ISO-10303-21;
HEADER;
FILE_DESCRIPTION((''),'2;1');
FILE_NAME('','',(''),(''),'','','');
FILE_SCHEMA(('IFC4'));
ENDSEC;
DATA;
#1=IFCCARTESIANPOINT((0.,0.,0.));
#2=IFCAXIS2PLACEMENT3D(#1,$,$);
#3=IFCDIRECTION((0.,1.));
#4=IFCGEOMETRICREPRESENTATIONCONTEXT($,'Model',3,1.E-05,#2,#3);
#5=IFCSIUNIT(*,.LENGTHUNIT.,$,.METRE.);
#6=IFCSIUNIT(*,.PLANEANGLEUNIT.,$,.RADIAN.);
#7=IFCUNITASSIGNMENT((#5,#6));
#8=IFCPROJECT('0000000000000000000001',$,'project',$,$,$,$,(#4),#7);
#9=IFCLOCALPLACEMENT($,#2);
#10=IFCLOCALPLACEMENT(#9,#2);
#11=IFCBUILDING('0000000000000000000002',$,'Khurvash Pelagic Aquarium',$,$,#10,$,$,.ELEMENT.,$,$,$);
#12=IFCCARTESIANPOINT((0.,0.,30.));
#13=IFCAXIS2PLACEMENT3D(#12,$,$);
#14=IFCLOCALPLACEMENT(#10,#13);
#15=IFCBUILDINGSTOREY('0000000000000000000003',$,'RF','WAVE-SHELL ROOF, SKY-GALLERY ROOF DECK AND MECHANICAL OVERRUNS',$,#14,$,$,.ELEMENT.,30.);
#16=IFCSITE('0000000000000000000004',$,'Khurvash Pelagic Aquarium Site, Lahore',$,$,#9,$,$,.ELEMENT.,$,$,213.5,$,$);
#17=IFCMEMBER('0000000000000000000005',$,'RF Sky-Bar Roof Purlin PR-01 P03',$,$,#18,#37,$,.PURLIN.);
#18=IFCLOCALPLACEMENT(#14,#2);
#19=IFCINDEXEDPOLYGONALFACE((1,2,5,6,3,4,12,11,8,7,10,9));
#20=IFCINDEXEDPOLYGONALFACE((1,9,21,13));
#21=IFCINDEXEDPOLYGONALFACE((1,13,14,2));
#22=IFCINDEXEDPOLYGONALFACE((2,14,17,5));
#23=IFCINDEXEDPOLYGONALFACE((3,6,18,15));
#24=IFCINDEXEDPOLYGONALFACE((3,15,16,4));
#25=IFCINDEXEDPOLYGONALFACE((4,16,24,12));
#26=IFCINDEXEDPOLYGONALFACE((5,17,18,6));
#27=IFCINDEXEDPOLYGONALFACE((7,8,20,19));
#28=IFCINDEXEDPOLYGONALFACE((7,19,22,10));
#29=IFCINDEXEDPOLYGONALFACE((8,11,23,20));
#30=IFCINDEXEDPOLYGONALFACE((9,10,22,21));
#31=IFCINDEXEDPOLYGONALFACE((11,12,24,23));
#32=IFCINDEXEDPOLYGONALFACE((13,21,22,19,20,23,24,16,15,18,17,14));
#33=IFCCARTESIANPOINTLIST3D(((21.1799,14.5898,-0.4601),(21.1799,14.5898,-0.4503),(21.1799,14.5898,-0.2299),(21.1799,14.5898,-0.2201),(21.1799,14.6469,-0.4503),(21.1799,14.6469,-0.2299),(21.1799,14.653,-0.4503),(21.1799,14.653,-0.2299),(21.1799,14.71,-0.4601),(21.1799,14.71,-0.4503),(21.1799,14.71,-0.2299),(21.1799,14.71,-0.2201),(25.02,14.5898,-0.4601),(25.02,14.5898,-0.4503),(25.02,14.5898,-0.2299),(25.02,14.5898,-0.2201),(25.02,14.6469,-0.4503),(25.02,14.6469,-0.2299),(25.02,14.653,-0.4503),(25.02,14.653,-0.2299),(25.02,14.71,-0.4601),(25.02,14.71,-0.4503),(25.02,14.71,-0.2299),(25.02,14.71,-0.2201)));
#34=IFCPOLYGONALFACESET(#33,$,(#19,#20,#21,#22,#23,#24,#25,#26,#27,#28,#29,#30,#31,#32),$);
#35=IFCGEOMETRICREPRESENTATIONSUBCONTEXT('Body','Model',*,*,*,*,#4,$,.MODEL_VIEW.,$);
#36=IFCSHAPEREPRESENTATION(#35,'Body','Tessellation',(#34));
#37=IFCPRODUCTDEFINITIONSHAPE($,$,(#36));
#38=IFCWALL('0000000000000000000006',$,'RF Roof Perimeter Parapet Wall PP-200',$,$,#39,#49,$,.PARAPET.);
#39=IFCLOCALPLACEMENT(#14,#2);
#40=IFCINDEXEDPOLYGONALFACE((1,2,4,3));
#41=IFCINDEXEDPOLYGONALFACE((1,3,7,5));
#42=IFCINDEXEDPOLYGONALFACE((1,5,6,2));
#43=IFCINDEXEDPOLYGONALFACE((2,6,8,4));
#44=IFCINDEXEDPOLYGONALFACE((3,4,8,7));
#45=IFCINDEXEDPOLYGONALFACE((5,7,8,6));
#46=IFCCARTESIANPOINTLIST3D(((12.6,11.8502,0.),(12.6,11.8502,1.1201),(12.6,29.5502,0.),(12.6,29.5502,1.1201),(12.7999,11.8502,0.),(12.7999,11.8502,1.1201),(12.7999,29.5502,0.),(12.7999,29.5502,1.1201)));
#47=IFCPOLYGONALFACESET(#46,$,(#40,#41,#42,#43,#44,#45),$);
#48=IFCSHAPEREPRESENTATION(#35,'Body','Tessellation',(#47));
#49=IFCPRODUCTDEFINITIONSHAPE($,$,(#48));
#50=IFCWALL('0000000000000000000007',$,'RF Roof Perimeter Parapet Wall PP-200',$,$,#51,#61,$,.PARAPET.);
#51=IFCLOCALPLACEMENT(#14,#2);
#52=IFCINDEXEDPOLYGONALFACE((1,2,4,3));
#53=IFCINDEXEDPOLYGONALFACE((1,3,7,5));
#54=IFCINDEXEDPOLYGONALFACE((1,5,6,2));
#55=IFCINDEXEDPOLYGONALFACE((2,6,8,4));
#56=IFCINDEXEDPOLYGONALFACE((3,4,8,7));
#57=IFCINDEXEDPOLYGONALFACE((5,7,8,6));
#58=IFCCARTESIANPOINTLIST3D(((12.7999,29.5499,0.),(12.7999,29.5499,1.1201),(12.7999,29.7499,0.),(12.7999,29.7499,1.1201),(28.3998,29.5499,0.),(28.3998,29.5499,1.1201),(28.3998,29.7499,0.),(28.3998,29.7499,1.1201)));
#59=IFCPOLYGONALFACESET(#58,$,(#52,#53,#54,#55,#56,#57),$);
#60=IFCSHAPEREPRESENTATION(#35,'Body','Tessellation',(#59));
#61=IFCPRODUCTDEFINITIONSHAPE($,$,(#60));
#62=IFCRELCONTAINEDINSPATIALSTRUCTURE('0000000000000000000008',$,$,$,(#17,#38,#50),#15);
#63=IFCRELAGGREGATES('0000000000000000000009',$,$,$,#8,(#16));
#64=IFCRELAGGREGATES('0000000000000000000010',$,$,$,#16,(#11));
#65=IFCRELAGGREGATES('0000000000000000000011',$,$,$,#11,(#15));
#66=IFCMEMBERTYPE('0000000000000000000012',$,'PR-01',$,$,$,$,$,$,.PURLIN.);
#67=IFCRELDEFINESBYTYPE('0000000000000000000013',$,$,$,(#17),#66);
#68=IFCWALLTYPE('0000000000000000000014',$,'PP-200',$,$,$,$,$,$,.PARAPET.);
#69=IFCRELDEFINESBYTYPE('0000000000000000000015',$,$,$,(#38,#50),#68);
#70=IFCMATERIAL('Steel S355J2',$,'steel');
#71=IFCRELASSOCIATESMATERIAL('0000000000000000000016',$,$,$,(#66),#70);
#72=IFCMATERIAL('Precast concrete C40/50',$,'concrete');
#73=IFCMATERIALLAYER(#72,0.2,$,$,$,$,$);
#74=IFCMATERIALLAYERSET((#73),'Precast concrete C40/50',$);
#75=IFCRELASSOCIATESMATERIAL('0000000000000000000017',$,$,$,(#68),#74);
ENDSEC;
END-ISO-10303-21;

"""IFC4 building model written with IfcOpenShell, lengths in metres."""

from ifc_helpers import new_model, si_unit, direction, frame, frame_2d, origin, origin_2d, place, context, subcontext, project, spatial, rectangle, i_section, extrude, material, layer, layer_set, material_profile, profile_set, type_object, element, save


model = new_model("IFC4")

# Units and contexts
model_context = context("Model", 3, precision=1e-05, world=origin(), true_north=direction((0.0, 1.0)))
body_context = subcontext(model_context, "Body", "Model", "MODEL_VIEW")
ifc_project = project(units=[si_unit("LENGTHUNIT", "METRE"), si_unit("PLANEANGLEUNIT", "RADIAN")], contexts=[model_context])

# Site, building, storey
site_placement = place(None, origin())
site = spatial("IfcSite", under=ifc_project, at=site_placement, Name="Khurvash Pelagic Aquarium Site, Lahore", CompositionType="ELEMENT", RefElevation=213.5)
building_placement = place(site_placement, origin())
building = spatial("IfcBuilding", under=site, at=building_placement, Name="Khurvash Pelagic Aquarium", CompositionType="ELEMENT")
storey_placement = place(building_placement, frame((0.0, 0.0, 30.0)))
storey = spatial("IfcBuildingStorey", under=building, at=storey_placement, Name="RF", Description="WAVE-SHELL ROOF, SKY-GALLERY ROOF DECK AND MECHANICAL OVERRUNS", CompositionType="ELEMENT", Elevation=30.0)

# Member
ifc_material_1 = material(Name="Steel S355J2", Category="steel")
ifc_material_profile = material_profile(ifc_material_1, i_section(OverallWidth=0.1201, OverallDepth=0.24, WebThickness=0.0061, FlangeThickness=0.0098, at=origin_2d()), Name="IPE240")
ifc_profile_set = profile_set([ifc_material_profile], Name="Steel S355J2")
member_type = type_object("IfcMemberType", Name="PR-01", PredefinedType="PURLIN", material=ifc_profile_set)
for number, where, z_axis, x_axis, name in (
    (1, (21.1799, 14.6499, -0.3401), (1.0, 0.0, 0.0), (0.0, 1.0, 0.0), "RF Sky-Bar Roof Purlin PR-01 P03"),
):
    element("IfcMember", number, at=place(storey_placement, frame(where, z_axis=z_axis, x_axis=x_axis)), inside=storey, type_object=member_type, Name=name, PredefinedType="PURLIN", context=body_context, shape_type="SweptSolid", body=[
        extrude(i_section(OverallWidth=0.1201, OverallDepth=0.24, WebThickness=0.0061, FlangeThickness=0.0098, at=origin_2d()), origin(), (0.0, 0.0, 1.0), 3.8401),
    ])

# Walls
ifc_material_2 = material(Name="Precast concrete C40/50", Category="concrete")
ifc_layer = layer(ifc_material_2, 0.2)
ifc_layer_set = layer_set([ifc_layer], Name="Precast concrete C40/50")
wall_type = type_object("IfcWallType", Name="PP-200", PredefinedType="PARAPET", material=ifc_layer_set)
wall_1_placement = place(storey_placement, frame((12.7, 11.8501, 0.0), z_axis=(0.0, 0.0, 1.0), x_axis=(0.0, 1.0, 0.0)))
element("IfcWall", 2, at=wall_1_placement, inside=storey, type_object=wall_type, Name="RF Roof Perimeter Parapet Wall PP-200", PredefinedType="PARAPET", context=body_context, shape_type="SweptSolid", body=[
    extrude(rectangle(XDim=17.7, YDim=0.2, at=frame_2d((8.8501, 0.0))), origin(), (0.0, 0.0, 1.0), 1.1201),
])
wall_2_placement = place(storey_placement, frame((12.8, 29.6499, 0.0), z_axis=(0.0, 0.0, 1.0), x_axis=(1.0, 0.0, 0.0)))
element("IfcWall", 3, at=wall_2_placement, inside=storey, type_object=wall_type, Name="RF Roof Perimeter Parapet Wall PP-200", PredefinedType="PARAPET", context=body_context, shape_type="SweptSolid", body=[
    extrude(rectangle(XDim=15.5999, YDim=0.2, at=frame_2d((7.7998, 0.0))), origin(), (0.0, 0.0, 1.0), 1.1201),
])

save(model, "model.ifc")
